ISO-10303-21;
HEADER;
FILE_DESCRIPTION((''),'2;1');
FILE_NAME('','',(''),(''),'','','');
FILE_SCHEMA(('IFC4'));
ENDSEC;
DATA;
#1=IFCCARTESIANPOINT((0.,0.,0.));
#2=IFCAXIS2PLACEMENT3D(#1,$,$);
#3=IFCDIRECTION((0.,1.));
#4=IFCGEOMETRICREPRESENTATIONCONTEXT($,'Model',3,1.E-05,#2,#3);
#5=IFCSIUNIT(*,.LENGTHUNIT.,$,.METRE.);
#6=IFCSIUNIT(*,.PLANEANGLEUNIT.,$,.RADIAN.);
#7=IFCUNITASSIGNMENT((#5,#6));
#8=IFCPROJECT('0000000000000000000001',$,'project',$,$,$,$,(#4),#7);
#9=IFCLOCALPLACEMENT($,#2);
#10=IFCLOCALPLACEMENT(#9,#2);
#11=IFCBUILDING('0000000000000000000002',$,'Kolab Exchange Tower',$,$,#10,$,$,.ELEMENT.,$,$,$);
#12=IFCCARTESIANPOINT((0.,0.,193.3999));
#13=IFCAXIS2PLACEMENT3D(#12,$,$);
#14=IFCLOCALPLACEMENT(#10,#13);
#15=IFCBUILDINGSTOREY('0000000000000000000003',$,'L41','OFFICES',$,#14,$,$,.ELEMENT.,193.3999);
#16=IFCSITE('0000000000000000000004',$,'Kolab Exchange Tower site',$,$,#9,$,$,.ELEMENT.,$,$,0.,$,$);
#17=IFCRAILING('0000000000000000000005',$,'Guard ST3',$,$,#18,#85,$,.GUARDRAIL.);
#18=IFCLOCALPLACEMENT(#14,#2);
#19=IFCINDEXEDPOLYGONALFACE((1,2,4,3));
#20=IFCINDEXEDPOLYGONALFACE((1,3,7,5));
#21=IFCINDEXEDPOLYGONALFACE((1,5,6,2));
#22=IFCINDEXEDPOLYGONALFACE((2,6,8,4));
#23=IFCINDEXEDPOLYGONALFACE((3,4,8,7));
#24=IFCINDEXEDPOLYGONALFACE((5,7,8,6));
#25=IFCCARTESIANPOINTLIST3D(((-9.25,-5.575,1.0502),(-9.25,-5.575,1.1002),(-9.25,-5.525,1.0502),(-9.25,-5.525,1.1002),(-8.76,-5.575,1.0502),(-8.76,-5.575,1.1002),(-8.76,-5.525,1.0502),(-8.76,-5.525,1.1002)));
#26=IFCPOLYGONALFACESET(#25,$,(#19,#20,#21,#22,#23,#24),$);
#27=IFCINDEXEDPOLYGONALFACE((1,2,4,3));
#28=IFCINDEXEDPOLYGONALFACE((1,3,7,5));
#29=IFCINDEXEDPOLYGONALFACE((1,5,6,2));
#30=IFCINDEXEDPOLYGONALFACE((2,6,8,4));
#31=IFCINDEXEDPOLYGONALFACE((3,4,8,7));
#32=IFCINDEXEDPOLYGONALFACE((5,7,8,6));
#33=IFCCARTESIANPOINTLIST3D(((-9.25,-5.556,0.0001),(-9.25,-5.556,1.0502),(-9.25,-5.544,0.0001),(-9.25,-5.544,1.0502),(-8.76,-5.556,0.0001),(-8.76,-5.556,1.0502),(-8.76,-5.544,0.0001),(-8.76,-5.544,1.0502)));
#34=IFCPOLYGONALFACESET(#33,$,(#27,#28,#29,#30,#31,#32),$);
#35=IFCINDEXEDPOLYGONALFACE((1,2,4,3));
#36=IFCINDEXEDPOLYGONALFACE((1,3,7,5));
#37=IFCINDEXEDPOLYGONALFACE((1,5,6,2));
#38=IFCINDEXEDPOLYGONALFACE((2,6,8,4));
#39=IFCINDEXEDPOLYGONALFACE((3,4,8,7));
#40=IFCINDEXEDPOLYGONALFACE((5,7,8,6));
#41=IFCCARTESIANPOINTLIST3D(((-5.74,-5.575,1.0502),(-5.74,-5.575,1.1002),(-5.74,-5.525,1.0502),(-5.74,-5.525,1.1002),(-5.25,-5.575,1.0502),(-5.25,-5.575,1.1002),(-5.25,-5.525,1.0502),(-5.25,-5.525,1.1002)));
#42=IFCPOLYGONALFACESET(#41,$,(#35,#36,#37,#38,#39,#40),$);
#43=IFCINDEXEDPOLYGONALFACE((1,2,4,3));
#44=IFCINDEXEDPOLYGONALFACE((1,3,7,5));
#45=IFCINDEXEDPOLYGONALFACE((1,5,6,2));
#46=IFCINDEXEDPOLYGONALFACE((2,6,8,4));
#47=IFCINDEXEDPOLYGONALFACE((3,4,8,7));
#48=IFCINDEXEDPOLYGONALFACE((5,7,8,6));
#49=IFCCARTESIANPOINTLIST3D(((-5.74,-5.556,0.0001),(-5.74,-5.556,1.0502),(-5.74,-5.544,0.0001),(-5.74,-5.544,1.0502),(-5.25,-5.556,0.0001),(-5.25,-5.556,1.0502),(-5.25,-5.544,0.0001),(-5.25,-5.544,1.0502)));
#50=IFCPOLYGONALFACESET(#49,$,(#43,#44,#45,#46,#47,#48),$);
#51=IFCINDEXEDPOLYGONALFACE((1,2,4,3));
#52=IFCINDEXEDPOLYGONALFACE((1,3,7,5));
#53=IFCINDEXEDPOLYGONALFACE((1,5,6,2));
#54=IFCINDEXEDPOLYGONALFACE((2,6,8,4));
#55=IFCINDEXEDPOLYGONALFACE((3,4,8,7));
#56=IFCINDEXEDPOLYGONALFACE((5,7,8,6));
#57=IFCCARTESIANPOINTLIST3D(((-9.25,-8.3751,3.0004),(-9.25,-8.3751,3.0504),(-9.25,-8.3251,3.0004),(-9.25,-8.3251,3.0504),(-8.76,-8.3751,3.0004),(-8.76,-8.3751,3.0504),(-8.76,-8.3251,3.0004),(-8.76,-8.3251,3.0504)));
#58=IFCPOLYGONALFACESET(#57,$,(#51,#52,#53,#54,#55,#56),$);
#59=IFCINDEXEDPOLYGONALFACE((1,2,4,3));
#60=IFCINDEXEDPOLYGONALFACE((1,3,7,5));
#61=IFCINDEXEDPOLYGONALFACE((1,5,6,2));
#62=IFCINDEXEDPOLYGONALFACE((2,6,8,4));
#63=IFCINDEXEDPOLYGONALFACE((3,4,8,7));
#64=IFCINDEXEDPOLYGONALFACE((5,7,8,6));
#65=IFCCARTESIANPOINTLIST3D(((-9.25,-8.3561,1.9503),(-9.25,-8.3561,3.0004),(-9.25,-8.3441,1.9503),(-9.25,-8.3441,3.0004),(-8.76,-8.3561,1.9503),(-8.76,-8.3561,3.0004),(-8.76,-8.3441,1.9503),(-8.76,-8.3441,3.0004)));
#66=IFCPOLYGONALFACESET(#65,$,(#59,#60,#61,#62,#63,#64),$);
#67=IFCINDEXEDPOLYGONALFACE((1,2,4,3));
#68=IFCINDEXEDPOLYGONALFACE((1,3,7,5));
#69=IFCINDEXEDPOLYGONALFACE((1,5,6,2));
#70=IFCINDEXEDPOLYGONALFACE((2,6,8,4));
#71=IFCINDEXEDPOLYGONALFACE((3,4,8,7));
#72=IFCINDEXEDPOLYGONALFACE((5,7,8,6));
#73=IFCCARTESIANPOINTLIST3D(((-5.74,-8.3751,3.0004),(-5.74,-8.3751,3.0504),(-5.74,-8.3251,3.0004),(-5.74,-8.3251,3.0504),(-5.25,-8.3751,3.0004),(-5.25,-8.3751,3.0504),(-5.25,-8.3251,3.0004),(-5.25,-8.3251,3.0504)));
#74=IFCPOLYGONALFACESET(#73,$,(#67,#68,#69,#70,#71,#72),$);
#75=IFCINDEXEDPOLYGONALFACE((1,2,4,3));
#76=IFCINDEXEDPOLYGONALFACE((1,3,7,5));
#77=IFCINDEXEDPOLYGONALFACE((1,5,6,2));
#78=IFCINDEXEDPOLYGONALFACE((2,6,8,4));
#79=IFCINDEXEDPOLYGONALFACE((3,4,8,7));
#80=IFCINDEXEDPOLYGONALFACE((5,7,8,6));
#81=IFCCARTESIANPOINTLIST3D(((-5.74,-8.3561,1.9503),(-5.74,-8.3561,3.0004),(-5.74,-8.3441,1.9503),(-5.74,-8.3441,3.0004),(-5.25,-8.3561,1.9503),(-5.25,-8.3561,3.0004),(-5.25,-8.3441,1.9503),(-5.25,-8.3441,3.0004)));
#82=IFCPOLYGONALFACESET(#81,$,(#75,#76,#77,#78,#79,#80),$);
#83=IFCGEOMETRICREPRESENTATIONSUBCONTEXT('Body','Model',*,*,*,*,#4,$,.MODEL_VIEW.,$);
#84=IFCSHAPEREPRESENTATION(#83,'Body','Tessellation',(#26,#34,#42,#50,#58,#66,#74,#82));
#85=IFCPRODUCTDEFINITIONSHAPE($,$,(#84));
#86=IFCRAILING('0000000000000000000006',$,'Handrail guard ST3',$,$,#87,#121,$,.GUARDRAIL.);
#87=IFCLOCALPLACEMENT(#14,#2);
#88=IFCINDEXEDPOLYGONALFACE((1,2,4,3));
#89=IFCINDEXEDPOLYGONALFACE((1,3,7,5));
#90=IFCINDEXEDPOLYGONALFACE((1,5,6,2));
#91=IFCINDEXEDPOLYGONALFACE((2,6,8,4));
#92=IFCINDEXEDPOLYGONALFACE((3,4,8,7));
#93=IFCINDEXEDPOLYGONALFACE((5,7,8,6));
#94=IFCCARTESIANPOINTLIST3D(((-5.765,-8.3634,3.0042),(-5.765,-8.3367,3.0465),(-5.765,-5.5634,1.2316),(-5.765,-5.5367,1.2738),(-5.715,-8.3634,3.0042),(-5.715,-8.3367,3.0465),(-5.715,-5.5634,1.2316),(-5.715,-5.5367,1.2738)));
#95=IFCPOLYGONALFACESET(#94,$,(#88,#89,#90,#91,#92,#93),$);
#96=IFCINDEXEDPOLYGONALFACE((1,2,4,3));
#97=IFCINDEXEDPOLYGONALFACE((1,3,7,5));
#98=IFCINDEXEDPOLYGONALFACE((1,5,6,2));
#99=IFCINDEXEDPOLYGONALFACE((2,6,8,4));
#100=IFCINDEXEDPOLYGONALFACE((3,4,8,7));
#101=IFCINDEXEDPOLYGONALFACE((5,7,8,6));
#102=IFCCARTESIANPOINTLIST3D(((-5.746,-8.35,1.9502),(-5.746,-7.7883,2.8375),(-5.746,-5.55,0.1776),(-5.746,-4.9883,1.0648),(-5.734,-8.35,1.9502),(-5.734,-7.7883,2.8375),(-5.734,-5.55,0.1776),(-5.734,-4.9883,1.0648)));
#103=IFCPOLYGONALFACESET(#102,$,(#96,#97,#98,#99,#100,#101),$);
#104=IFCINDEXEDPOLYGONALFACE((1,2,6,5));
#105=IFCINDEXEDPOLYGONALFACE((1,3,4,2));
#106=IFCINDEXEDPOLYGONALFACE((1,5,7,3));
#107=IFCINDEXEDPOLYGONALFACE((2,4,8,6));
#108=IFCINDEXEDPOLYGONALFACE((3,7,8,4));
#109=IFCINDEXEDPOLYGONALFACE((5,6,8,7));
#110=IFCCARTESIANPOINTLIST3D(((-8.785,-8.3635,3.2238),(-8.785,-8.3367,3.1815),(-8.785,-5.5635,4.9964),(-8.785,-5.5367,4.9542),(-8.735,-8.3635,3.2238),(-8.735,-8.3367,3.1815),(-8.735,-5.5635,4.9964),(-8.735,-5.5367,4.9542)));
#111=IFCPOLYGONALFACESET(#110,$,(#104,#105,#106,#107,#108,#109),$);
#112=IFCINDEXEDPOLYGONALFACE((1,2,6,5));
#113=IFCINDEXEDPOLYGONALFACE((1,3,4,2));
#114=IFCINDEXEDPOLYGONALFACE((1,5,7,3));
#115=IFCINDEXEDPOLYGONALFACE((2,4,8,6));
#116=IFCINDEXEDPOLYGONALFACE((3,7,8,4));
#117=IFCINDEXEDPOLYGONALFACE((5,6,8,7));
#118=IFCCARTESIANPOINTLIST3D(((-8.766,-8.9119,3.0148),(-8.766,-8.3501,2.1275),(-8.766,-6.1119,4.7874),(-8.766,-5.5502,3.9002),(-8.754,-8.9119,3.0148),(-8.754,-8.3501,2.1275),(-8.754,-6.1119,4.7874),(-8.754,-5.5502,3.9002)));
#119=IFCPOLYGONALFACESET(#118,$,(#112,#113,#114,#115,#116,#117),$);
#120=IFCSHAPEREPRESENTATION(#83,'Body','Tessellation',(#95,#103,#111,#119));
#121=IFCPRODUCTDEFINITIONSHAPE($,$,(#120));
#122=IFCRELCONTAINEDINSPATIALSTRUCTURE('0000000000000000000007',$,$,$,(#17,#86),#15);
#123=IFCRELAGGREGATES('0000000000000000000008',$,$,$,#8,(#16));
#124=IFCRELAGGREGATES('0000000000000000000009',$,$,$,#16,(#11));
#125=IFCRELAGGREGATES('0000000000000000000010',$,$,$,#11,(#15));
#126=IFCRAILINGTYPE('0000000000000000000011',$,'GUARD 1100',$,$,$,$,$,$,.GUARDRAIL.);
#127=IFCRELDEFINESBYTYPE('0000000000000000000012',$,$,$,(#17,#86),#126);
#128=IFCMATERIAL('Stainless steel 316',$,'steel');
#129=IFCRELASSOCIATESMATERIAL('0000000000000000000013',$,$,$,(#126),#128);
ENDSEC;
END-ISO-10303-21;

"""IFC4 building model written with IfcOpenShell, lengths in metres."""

from ifc_helpers import new_model, si_unit, direction, frame, frame_2d, origin, origin_2d, place, context, subcontext, project, spatial, rectangle, extrude, material, type_object, element, save


model = new_model("IFC4")

# Units and contexts
model_context = context("Model", 3, precision=1e-05, world=origin(), true_north=direction((0.0, 1.0)))
body_context = subcontext(model_context, "Body", "Model", "MODEL_VIEW")
ifc_project = project(units=[si_unit("LENGTHUNIT", "METRE"), si_unit("PLANEANGLEUNIT", "RADIAN")], contexts=[model_context])

# Site, building, storey
site_placement = place(None, origin())
site = spatial("IfcSite", under=ifc_project, at=site_placement, Name="Kolab Exchange Tower site", CompositionType="ELEMENT", RefElevation=0.0)
building_placement = place(site_placement, origin())
building = spatial("IfcBuilding", under=site, at=building_placement, Name="Kolab Exchange Tower", CompositionType="ELEMENT")
storey_placement = place(building_placement, frame((0.0, 0.0, 193.3999)))
storey = spatial("IfcBuildingStorey", under=building, at=storey_placement, Name="L41", Description="OFFICES", CompositionType="ELEMENT", Elevation=193.3999)

# Shared definitions
ifc_material_1 = material(Name="Stainless steel 316", Category="steel")

# Railings
railing_type = type_object("IfcRailingType", Name="GUARD 1100", PredefinedType="GUARDRAIL", material=ifc_material_1)
railing_1_placement = place(storey_placement, frame((-9.25, -5.55, 0.0)))
element("IfcRailing", 1, at=railing_1_placement, inside=storey, type_object=railing_type, Name="Guard ST3", PredefinedType="GUARDRAIL", context=body_context, shape_type="SweptSolid", body=[
    extrude(rectangle(XDim=0.05, YDim=0.05, at=origin_2d()), frame((0.0, 0.0, 1.0752), z_axis=(1.0, 0.0, 0.0), x_axis=(0.0, 1.0, 0.0)), (0.0, 0.0, 1.0), 0.49),
    extrude(rectangle(XDim=0.012, YDim=1.0501, at=frame_2d((0.0, 0.5251))), frame((0.0, 0.0, 0.0), z_axis=(1.0, 0.0, 0.0), x_axis=(0.0, 1.0, 0.0)), (0.0, 0.0, 1.0), 0.49),
    extrude(rectangle(XDim=0.05, YDim=0.05, at=origin_2d()), frame((3.51, 0.0, 1.0752), z_axis=(1.0, 0.0, 0.0), x_axis=(0.0, 1.0, 0.0)), (0.0, 0.0, 1.0), 0.49),
    extrude(rectangle(XDim=0.012, YDim=1.0501, at=frame_2d((0.0, 0.5251))), frame((3.51, 0.0, 0.0), z_axis=(1.0, 0.0, 0.0), x_axis=(0.0, 1.0, 0.0)), (0.0, 0.0, 1.0), 0.49),
    extrude(rectangle(XDim=0.05, YDim=0.05, at=origin_2d()), frame((0.0, -2.8, 3.0254), z_axis=(1.0, 0.0, 0.0), x_axis=(0.0, 1.0, 0.0)), (0.0, 0.0, 1.0), 0.49),
    extrude(rectangle(XDim=0.012, YDim=1.0501, at=frame_2d((0.0, 0.5251))), frame((0.0, -2.8, 1.9502), z_axis=(1.0, 0.0, 0.0), x_axis=(0.0, 1.0, 0.0)), (0.0, 0.0, 1.0), 0.49),
    extrude(rectangle(XDim=0.05, YDim=0.05, at=origin_2d()), frame((3.51, -2.8, 3.0254), z_axis=(1.0, 0.0, 0.0), x_axis=(0.0, 1.0, 0.0)), (0.0, 0.0, 1.0), 0.49),
    extrude(rectangle(XDim=0.012, YDim=1.0501, at=frame_2d((0.0, 0.5251))), frame((3.51, -2.8, 1.9502), z_axis=(1.0, 0.0, 0.0), x_axis=(0.0, 1.0, 0.0)), (0.0, 0.0, 1.0), 0.49),
])
railing_2_placement = place(storey_placement, frame((-5.74, -5.55, 0.1775)))
element("IfcRailing", 2, at=railing_2_placement, inside=storey, type_object=railing_type, Name="Handrail guard ST3", PredefinedType="GUARDRAIL", context=body_context, shape_type="SweptSolid", body=[
    extrude(rectangle(XDim=0.05, YDim=0.05, at=origin_2d()), frame((0.0, 0.0, 1.0752), z_axis=(0.0, -0.844909, 0.53491), x_axis=(1.0, 0.0, 0.0)), (0.0, 0.0, 1.0), 3.314),
    extrude(rectangle(XDim=0.012, YDim=1.0501, at=frame_2d((0.0, 0.5251))), frame((0.0, 0.0, 0.0), z_axis=(0.0, -0.844909, 0.53491), x_axis=(1.0, 0.0, 0.0)), (0.0, 0.0, 1.0), 3.314),
    extrude(rectangle(XDim=0.05, YDim=0.05, at=origin_2d()), frame((-3.02, -2.8, 3.0251), z_axis=(0.0, 0.844909, 0.53491), x_axis=(-1.0, 0.0, 0.0)), (0.0, 0.0, 1.0), 3.314),
    extrude(rectangle(XDim=0.012, YDim=1.0501, at=frame_2d((0.0, 0.5251))), frame((-3.02, -2.8, 1.95), z_axis=(0.0, 0.844909, 0.53491), x_axis=(-1.0, 0.0, 0.0)), (0.0, 0.0, 1.0), 3.314),
])

save(model, "model.ifc")
